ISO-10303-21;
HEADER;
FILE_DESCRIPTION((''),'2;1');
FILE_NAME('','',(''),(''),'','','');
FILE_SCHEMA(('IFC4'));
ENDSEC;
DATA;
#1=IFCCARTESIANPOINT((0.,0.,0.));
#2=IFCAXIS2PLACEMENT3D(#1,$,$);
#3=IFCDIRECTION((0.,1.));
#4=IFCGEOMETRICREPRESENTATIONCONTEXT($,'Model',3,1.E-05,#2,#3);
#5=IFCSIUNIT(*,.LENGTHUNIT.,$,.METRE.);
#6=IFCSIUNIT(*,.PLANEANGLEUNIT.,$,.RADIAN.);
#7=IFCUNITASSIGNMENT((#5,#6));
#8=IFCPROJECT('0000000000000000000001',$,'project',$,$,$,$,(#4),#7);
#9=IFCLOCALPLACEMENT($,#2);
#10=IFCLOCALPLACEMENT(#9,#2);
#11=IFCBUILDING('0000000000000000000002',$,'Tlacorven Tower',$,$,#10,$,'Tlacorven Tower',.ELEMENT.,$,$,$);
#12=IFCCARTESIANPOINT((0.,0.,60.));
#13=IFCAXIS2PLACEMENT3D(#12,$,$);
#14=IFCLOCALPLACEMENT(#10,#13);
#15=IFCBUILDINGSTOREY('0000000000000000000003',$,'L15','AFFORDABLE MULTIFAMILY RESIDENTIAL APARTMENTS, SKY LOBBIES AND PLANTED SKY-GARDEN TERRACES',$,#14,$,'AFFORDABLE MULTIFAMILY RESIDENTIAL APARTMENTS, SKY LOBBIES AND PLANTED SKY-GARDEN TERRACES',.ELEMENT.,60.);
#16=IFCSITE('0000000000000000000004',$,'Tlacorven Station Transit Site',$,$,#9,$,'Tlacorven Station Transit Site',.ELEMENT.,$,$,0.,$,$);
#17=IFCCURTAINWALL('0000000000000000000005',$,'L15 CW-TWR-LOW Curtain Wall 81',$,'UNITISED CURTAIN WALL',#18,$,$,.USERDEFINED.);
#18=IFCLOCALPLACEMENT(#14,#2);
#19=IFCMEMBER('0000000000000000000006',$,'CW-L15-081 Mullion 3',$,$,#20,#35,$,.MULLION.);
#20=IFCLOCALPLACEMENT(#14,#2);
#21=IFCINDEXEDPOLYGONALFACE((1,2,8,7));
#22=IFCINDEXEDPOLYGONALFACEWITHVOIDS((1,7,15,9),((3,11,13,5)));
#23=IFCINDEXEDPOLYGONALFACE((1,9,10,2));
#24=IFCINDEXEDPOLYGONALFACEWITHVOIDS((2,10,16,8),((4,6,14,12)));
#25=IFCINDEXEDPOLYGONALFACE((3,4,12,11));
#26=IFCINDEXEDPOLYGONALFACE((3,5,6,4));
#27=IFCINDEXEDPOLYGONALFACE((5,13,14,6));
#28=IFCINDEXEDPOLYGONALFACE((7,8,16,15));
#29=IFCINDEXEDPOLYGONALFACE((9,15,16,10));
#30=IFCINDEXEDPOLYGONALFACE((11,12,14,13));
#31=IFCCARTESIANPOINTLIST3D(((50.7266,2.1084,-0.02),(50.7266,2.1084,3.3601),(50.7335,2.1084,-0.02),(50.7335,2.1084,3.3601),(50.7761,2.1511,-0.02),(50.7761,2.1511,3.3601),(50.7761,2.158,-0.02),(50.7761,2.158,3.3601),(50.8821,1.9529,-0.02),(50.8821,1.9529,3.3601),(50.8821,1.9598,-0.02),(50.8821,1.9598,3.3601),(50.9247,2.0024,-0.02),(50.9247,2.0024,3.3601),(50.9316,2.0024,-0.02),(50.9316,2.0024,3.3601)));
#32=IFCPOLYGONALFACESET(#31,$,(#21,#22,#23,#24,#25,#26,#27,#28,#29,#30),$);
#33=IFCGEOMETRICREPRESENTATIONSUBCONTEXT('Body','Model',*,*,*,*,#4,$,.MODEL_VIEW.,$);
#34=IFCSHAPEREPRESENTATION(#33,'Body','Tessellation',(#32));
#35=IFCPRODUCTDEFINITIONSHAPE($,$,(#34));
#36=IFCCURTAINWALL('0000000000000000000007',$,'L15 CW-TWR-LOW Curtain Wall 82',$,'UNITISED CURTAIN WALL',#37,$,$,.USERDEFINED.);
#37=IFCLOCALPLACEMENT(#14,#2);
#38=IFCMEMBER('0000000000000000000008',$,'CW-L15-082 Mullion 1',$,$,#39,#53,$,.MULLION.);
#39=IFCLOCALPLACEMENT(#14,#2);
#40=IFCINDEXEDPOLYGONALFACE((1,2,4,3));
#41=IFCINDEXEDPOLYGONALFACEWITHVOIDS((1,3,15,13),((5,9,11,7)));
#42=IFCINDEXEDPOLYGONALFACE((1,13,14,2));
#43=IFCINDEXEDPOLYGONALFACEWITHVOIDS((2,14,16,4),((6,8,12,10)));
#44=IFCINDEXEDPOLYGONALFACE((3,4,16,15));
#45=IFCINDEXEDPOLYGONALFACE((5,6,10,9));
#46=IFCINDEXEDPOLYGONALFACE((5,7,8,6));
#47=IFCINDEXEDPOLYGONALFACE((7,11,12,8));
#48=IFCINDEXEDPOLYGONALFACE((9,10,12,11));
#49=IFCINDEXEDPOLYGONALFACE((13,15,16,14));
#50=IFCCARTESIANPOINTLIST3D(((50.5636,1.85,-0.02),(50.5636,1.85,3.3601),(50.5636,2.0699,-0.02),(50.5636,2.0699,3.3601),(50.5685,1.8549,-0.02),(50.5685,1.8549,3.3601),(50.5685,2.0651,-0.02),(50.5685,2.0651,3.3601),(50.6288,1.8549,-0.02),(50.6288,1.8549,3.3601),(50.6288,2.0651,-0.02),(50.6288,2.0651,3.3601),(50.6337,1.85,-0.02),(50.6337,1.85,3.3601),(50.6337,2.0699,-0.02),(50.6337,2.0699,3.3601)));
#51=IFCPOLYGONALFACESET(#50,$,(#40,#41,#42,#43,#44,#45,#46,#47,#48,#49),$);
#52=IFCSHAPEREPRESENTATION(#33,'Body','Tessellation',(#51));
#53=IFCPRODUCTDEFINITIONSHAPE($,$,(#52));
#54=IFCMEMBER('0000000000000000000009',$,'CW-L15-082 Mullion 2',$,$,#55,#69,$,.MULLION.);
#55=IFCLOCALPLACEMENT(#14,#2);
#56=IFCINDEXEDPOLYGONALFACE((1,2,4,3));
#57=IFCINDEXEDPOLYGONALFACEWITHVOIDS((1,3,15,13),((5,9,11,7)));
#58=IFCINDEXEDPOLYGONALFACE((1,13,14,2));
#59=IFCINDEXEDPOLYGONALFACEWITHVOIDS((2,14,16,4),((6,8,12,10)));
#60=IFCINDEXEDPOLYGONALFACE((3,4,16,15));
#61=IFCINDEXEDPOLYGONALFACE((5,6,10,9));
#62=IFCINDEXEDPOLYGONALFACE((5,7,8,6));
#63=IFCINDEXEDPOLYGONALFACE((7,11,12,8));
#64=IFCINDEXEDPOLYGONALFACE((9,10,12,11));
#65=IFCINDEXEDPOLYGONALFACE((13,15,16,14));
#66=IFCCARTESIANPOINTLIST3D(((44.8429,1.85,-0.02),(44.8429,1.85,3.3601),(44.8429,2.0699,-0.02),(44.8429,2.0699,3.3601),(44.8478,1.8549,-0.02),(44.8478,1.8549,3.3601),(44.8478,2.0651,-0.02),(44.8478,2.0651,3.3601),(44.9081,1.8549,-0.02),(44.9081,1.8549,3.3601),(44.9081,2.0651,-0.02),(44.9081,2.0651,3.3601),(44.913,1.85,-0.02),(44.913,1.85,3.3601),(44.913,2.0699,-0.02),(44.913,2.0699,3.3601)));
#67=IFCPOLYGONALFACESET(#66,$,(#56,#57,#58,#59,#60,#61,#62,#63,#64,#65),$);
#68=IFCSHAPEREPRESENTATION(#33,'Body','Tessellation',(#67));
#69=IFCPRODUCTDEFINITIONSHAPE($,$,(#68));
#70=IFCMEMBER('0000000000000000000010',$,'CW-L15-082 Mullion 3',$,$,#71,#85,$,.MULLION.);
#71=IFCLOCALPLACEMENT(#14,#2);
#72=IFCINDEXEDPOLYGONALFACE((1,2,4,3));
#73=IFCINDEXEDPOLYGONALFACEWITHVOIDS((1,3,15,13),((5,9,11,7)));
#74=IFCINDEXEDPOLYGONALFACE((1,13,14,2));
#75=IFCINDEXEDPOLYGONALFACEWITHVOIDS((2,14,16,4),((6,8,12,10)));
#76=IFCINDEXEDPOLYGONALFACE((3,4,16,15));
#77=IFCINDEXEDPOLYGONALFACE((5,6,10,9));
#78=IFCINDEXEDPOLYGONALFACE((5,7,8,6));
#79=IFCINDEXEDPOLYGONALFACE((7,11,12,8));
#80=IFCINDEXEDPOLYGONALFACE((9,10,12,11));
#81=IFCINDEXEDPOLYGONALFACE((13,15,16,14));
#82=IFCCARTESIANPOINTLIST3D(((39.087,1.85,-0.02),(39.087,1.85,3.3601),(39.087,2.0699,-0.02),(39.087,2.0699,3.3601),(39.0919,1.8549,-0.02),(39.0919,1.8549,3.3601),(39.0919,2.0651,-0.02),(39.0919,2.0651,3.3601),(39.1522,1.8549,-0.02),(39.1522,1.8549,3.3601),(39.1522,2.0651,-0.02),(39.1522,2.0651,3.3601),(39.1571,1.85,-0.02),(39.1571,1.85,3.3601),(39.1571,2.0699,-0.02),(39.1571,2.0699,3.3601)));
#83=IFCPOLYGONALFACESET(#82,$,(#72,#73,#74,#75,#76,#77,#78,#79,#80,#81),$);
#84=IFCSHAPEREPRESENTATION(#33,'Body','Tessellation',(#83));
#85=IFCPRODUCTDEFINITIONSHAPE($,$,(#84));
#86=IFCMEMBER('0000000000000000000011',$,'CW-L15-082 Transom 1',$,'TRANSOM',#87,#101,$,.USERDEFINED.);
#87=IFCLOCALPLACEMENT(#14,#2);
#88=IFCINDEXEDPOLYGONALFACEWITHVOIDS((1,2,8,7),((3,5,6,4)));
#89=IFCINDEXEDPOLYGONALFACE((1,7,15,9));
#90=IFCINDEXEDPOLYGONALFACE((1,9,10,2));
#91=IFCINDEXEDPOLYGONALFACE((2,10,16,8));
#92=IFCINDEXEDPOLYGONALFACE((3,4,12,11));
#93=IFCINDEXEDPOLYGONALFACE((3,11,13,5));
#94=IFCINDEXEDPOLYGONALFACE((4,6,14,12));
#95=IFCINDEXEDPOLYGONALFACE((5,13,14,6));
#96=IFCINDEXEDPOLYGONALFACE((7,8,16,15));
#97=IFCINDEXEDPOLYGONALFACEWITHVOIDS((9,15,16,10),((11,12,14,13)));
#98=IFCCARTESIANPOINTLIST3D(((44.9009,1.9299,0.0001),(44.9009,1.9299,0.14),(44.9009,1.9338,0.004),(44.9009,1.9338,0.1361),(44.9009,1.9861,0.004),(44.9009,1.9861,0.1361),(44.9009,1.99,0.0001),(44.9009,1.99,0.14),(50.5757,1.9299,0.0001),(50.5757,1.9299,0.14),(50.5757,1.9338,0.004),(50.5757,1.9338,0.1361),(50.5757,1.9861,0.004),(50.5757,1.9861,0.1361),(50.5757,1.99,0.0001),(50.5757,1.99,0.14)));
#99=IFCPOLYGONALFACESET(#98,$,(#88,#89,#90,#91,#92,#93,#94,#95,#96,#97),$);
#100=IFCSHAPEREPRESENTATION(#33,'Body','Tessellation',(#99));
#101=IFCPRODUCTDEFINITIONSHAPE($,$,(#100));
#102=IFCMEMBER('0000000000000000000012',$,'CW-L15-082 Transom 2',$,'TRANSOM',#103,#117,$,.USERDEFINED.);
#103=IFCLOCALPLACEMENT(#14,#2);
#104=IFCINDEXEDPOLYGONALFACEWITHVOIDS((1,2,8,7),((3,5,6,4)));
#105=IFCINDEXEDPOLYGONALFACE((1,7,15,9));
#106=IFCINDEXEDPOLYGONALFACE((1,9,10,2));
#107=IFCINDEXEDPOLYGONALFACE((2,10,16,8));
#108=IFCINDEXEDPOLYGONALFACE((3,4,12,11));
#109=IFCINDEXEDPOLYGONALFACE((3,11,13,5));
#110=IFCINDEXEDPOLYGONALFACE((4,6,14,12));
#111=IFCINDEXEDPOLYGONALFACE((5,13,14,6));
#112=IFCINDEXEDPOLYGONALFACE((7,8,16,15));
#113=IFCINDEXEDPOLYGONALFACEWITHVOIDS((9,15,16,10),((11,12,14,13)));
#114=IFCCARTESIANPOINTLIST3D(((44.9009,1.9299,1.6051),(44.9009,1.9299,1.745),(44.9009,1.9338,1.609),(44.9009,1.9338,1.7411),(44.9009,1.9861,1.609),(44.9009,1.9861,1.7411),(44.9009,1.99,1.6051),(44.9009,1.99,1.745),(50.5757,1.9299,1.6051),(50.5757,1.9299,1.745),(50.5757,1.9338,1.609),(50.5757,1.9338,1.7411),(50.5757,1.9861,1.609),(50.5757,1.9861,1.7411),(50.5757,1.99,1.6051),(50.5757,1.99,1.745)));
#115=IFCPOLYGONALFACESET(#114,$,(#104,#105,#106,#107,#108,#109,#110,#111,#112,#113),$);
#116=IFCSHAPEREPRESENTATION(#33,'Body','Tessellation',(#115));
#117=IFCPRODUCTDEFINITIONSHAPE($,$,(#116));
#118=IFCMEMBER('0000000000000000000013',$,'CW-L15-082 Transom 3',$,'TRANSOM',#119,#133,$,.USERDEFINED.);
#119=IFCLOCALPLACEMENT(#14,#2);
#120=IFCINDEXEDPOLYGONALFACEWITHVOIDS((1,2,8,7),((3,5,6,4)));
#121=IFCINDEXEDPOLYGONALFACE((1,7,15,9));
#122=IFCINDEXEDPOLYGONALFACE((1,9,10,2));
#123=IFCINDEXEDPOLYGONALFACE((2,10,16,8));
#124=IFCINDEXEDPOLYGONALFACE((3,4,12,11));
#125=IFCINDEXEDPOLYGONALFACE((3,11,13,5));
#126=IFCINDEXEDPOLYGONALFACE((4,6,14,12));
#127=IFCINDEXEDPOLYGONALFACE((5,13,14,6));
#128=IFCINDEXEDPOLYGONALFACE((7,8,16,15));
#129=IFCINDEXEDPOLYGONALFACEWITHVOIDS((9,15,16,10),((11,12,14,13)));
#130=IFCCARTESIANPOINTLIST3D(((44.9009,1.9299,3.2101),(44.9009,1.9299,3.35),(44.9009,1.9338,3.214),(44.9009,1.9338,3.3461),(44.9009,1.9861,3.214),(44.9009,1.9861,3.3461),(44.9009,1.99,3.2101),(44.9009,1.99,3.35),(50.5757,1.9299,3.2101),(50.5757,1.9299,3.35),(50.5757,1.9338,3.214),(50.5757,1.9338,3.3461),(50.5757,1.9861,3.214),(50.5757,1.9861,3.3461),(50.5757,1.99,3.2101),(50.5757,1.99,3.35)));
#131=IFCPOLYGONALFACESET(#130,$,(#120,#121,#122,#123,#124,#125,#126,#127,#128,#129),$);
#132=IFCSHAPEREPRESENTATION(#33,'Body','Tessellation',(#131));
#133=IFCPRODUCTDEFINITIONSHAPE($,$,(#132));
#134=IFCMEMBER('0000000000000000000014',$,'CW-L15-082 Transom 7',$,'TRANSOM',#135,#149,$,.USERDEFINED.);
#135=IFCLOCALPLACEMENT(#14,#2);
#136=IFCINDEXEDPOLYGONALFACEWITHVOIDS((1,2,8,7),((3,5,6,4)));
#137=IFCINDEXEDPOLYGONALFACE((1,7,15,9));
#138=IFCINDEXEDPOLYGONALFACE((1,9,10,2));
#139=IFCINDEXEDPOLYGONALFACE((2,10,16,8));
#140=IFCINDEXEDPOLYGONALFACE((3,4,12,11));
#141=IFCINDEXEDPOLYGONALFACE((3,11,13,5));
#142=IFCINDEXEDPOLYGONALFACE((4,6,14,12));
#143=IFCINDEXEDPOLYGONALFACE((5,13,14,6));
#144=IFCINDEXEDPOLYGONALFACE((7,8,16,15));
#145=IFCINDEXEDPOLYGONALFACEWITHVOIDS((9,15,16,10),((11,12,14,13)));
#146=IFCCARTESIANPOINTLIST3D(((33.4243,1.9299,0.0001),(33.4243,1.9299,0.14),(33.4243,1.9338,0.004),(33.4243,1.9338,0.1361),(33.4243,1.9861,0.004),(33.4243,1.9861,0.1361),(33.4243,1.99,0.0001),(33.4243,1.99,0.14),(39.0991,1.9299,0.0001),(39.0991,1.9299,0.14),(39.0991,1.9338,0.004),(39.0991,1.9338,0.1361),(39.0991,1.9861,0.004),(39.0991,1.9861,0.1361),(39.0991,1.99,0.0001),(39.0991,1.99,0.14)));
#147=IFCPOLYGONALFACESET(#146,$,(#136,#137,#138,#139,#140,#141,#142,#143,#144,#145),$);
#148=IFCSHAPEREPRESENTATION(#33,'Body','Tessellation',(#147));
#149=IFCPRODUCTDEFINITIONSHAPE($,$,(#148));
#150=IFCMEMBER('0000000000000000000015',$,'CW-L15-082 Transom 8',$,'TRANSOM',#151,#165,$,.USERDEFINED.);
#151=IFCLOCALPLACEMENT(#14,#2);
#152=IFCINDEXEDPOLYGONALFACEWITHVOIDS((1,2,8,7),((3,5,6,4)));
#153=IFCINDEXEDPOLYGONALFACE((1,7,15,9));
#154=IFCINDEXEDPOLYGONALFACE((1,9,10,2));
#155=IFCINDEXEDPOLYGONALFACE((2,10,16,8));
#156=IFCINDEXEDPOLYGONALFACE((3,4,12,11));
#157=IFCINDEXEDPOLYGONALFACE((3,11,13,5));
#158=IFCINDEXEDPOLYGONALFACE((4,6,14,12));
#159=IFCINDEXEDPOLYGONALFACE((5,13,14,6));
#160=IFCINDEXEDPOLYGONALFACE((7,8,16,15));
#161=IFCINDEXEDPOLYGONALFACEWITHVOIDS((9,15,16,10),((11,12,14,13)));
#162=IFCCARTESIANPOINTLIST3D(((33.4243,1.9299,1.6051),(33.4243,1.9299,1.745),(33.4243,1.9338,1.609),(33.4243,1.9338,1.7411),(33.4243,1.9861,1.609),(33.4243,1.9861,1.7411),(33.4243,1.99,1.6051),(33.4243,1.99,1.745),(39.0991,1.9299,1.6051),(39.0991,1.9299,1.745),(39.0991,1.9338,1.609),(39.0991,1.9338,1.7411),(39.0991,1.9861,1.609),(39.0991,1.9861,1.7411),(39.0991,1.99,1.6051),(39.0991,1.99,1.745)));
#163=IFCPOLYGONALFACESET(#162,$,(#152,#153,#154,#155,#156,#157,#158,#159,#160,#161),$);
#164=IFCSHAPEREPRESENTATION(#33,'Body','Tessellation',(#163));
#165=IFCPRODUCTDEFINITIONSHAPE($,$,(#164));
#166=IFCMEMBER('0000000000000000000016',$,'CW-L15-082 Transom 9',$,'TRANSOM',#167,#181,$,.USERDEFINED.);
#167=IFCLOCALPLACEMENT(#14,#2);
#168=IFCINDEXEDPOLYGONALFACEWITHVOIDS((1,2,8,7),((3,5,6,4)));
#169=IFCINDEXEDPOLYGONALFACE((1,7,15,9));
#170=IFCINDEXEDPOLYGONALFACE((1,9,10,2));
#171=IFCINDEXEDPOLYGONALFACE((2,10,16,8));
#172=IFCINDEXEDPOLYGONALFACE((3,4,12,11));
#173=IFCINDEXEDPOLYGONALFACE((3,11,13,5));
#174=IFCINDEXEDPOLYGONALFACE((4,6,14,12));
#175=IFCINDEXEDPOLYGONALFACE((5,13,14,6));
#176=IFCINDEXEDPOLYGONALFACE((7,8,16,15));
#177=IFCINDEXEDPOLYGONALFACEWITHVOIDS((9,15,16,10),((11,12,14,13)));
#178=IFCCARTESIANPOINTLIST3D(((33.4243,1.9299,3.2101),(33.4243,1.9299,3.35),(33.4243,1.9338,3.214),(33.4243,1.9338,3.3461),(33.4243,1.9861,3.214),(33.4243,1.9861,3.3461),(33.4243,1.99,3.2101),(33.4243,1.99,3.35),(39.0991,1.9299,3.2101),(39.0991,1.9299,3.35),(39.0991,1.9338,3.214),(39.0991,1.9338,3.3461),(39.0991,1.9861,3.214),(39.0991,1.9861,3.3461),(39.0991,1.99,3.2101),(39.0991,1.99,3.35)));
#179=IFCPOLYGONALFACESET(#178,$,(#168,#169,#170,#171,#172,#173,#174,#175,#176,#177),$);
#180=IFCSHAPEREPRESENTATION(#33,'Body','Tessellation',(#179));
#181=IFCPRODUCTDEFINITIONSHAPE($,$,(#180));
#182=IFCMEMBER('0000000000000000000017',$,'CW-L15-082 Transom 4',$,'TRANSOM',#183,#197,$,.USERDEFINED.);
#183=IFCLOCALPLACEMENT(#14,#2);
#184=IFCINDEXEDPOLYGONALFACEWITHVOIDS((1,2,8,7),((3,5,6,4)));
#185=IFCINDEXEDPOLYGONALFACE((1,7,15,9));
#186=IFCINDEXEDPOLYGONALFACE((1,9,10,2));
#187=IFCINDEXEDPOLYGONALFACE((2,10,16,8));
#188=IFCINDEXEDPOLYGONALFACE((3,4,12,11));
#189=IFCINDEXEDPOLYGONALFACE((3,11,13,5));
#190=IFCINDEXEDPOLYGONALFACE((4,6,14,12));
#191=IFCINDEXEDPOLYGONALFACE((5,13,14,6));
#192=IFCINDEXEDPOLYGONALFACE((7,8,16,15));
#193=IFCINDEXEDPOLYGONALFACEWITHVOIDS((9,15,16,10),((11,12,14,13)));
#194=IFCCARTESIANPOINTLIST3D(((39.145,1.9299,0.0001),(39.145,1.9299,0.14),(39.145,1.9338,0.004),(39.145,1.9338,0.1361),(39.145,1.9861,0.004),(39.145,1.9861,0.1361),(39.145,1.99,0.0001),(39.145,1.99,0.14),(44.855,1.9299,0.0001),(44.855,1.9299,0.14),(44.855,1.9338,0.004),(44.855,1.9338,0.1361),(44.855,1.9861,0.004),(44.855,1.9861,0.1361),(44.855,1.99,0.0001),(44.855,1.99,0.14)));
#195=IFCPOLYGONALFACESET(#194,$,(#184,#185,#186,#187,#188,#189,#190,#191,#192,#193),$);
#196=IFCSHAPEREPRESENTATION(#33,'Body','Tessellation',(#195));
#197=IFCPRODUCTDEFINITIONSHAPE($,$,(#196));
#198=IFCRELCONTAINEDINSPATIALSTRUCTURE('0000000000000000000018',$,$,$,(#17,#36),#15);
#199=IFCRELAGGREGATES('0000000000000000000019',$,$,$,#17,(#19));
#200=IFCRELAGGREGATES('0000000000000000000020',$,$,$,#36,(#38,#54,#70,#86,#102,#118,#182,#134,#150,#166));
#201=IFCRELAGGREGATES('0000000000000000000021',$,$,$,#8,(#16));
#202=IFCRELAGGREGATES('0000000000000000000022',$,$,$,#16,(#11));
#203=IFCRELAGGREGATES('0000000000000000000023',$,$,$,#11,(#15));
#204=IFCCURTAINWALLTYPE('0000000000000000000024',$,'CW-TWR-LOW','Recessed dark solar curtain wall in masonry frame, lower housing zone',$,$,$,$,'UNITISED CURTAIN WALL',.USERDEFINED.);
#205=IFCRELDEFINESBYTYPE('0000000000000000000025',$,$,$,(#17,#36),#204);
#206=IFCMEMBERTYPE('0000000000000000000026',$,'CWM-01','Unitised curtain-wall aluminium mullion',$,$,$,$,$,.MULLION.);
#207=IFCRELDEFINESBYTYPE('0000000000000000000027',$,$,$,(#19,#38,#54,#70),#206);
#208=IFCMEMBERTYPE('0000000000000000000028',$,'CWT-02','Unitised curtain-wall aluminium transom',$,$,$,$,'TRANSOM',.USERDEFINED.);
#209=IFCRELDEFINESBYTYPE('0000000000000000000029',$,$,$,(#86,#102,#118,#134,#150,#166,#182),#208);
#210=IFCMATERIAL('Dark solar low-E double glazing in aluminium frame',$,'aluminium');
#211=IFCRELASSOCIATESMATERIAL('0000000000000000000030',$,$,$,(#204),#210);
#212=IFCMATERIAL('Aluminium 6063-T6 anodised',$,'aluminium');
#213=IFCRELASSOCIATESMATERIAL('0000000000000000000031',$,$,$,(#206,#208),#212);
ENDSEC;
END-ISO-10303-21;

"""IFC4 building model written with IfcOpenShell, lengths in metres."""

from ifc_helpers import new_model, si_unit, direction, frame, origin, origin_2d, place, context, subcontext, project, spatial, hollow_rectangle, extrude, source, transform, mapped, material, material_profile, profile_set, type_object, element, aggregate, save


model = new_model("IFC4")

# Units and contexts
model_context = context("Model", 3, precision=1e-05, world=origin(), true_north=direction((0.0, 1.0)))
body_context = subcontext(model_context, "Body", "Model", "MODEL_VIEW")
ifc_project = project(units=[si_unit("LENGTHUNIT", "METRE"), si_unit("PLANEANGLEUNIT", "RADIAN")], contexts=[model_context])

# Site, building, storey
site_placement = place(None, origin())
site = spatial("IfcSite", under=ifc_project, at=site_placement, Name="Tlacorven Station Transit Site", LongName="Tlacorven Station Transit Site", CompositionType="ELEMENT", RefElevation=0.0)
building_placement = place(site_placement, origin())
building = spatial("IfcBuilding", under=site, at=building_placement, Name="Tlacorven Tower", LongName="Tlacorven Tower", CompositionType="ELEMENT")
storey_placement = place(building_placement, frame((0.0, 0.0, 60.0)))
storey = spatial("IfcBuildingStorey", under=building, at=storey_placement, Name="L15", Description="AFFORDABLE MULTIFAMILY RESIDENTIAL APARTMENTS, SKY LOBBIES AND PLANTED SKY-GARDEN TERRACES", LongName="AFFORDABLE MULTIFAMILY RESIDENTIAL APARTMENTS, SKY LOBBIES AND PLANTED SKY-GARDEN TERRACES", CompositionType="ELEMENT", Elevation=60.0)

# Curtain wall, member
ifc_material_1 = material(Name="Dark solar low-E double glazing in aluminium frame", Category="aluminium")
curtain_wall_type = type_object("IfcCurtainWallType", Name="CW-TWR-LOW", Description="Recessed dark solar curtain wall in masonry frame, lower housing zone", ElementType="UNITISED CURTAIN WALL", PredefinedType="USERDEFINED", material=ifc_material_1)
curtain_wall_1_placement = place(storey_placement, origin())
curtain_wall_1 = element("IfcCurtainWall", 1, at=curtain_wall_1_placement, inside=storey, type_object=curtain_wall_type, Name="L15 CW-TWR-LOW Curtain Wall 81", ObjectType="UNITISED CURTAIN WALL", PredefinedType="USERDEFINED")
ifc_material_2 = material(Name="Aluminium 6063-T6 anodised", Category="aluminium")
ifc_material_profile_1 = material_profile(ifc_material_2, hollow_rectangle(XDim=0.0701, YDim=0.22, WallThickness=0.0049, at=origin_2d()), Name="ALU MULLION 70X220")
ifc_profile_set_1 = profile_set([ifc_material_profile_1], Name="Aluminium 6063-T6 anodised")
member_type_1 = type_object("IfcMemberType", Name="CWM-01", Description="Unitised curtain-wall aluminium mullion", PredefinedType="MULLION", material=ifc_profile_set_1)
shared_shape_1 = source(origin(), body_context, "Body", "SweptSolid", [
    extrude(hollow_rectangle(XDim=0.0701, YDim=0.22, WallThickness=0.0049, at=origin_2d()), origin(), (0.0, 0.0, 1.0), 3.3801),
])
member_1_placement = place(storey_placement, frame((50.8291, 2.0554, -0.02), z_axis=(0.0, 0.0, 1.0), x_axis=(-0.707107, -0.707107, 0.0)))
member_1 = element("IfcMember", 2, at=member_1_placement, type_object=member_type_1, Name="CW-L15-081 Mullion 3", PredefinedType="MULLION", context=body_context, shape_type="MappedRepresentation", body=[
    mapped(shared_shape_1, transform((0.0, 0.0, 0.0), scale=1.0)),
])

# Curtain wall, members
curtain_wall_2_placement = place(storey_placement, origin())
curtain_wall_2 = element("IfcCurtainWall", 3, at=curtain_wall_2_placement, inside=storey, type_object=curtain_wall_type, Name="L15 CW-TWR-LOW Curtain Wall 82", ObjectType="UNITISED CURTAIN WALL", PredefinedType="USERDEFINED")
member_2_placement = place(storey_placement, frame((50.5986, 1.96, -0.02), z_axis=(0.0, 0.0, 1.0), x_axis=(-1.0, 0.0, 0.0)))
member_2 = element("IfcMember", 4, at=member_2_placement, type_object=member_type_1, Name="CW-L15-082 Mullion 1", PredefinedType="MULLION", context=body_context, shape_type="MappedRepresentation", body=[
    mapped(shared_shape_1, transform((0.0, 0.0, 0.0), scale=1.0)),
])
member_3_placement = place(storey_placement, frame((44.8779, 1.96, -0.02), z_axis=(0.0, 0.0, 1.0), x_axis=(-1.0, 0.0, 0.0)))
member_3 = element("IfcMember", 5, at=member_3_placement, type_object=member_type_1, Name="CW-L15-082 Mullion 2", PredefinedType="MULLION", context=body_context, shape_type="MappedRepresentation", body=[
    mapped(shared_shape_1, transform((0.0, 0.0, 0.0), scale=1.0)),
])
member_4_placement = place(storey_placement, frame((39.1221, 1.96, -0.02), z_axis=(0.0, 0.0, 1.0), x_axis=(-1.0, 0.0, 0.0)))
member_4 = element("IfcMember", 6, at=member_4_placement, type_object=member_type_1, Name="CW-L15-082 Mullion 3", PredefinedType="MULLION", context=body_context, shape_type="MappedRepresentation", body=[
    mapped(shared_shape_1, transform((0.0, 0.0, 0.0), scale=1.0)),
])
ifc_material_profile_2 = material_profile(ifc_material_2, hollow_rectangle(XDim=0.0601, YDim=0.1399, WallThickness=0.0039, at=origin_2d()), Name="ALU TRANSOM 60X140")
ifc_profile_set_2 = profile_set([ifc_material_profile_2], Name="Aluminium 6063-T6 anodised")
member_type_2 = type_object("IfcMemberType", Name="CWT-02", Description="Unitised curtain-wall aluminium transom", ElementType="TRANSOM", PredefinedType="USERDEFINED", material=ifc_profile_set_2)
shared_shape_2 = source(origin(), body_context, "Body", "SweptSolid", [
    extrude(hollow_rectangle(XDim=0.0601, YDim=0.1399, WallThickness=0.0039, at=origin_2d()), origin(), (0.0, 0.0, 1.0), 5.6748),
])
member_5_placement = place(storey_placement, frame((50.5757, 1.96, 0.0701), z_axis=(-1.0, 0.0, 0.0), x_axis=(0.0, -1.0, 0.0)))
member_5 = element("IfcMember", 7, at=member_5_placement, type_object=member_type_2, Name="CW-L15-082 Transom 1", ObjectType="TRANSOM", PredefinedType="USERDEFINED", context=body_context, shape_type="MappedRepresentation", body=[
    mapped(shared_shape_2, transform((0.0, 0.0, 0.0), scale=1.0)),
])
member_6_placement = place(storey_placement, frame((50.5757, 1.96, 1.675), z_axis=(-1.0, 0.0, 0.0), x_axis=(0.0, -1.0, 0.0)))
member_6 = element("IfcMember", 8, at=member_6_placement, type_object=member_type_2, Name="CW-L15-082 Transom 2", ObjectType="TRANSOM", PredefinedType="USERDEFINED", context=body_context, shape_type="MappedRepresentation", body=[
    mapped(shared_shape_2, transform((0.0, 0.0, 0.0), scale=1.0)),
])
member_7_placement = place(storey_placement, frame((50.5757, 1.96, 3.28), z_axis=(-1.0, 0.0, 0.0), x_axis=(0.0, -1.0, 0.0)))
member_7 = element("IfcMember", 9, at=member_7_placement, type_object=member_type_2, Name="CW-L15-082 Transom 3", ObjectType="TRANSOM", PredefinedType="USERDEFINED", context=body_context, shape_type="MappedRepresentation", body=[
    mapped(shared_shape_2, transform((0.0, 0.0, 0.0), scale=1.0)),
])
member_8_placement = place(storey_placement, frame((39.0991, 1.96, 0.0701), z_axis=(-1.0, 0.0, 0.0), x_axis=(0.0, -1.0, 0.0)))
member_8 = element("IfcMember", 10, at=member_8_placement, type_object=member_type_2, Name="CW-L15-082 Transom 7", ObjectType="TRANSOM", PredefinedType="USERDEFINED", context=body_context, shape_type="MappedRepresentation", body=[
    mapped(shared_shape_2, transform((0.0, 0.0, 0.0), scale=1.0)),
])
member_9_placement = place(storey_placement, frame((39.0991, 1.96, 1.675), z_axis=(-1.0, 0.0, 0.0), x_axis=(0.0, -1.0, 0.0)))
member_9 = element("IfcMember", 11, at=member_9_placement, type_object=member_type_2, Name="CW-L15-082 Transom 8", ObjectType="TRANSOM", PredefinedType="USERDEFINED", context=body_context, shape_type="MappedRepresentation", body=[
    mapped(shared_shape_2, transform((0.0, 0.0, 0.0), scale=1.0)),
])
member_10_placement = place(storey_placement, frame((39.0991, 1.96, 3.28), z_axis=(-1.0, 0.0, 0.0), x_axis=(0.0, -1.0, 0.0)))
member_10 = element("IfcMember", 12, at=member_10_placement, type_object=member_type_2, Name="CW-L15-082 Transom 9", ObjectType="TRANSOM", PredefinedType="USERDEFINED", context=body_context, shape_type="MappedRepresentation", body=[
    mapped(shared_shape_2, transform((0.0, 0.0, 0.0), scale=1.0)),
])
shared_shape_3 = source(origin(), body_context, "Body", "SweptSolid", [
    extrude(hollow_rectangle(XDim=0.0601, YDim=0.1399, WallThickness=0.0039, at=origin_2d()), origin(), (0.0, 0.0, 1.0), 5.71),
])
member_11_placement = place(storey_placement, frame((44.855, 1.96, 0.0701), z_axis=(-1.0, 0.0, 0.0), x_axis=(0.0, -1.0, 0.0)))
member_11 = element("IfcMember", 13, at=member_11_placement, type_object=member_type_2, Name="CW-L15-082 Transom 4", ObjectType="TRANSOM", PredefinedType="USERDEFINED", context=body_context, shape_type="MappedRepresentation", body=[
    mapped(shared_shape_3, transform((0.0, 0.0, 0.0), scale=1.0)),
])

aggregate(curtain_wall_1, [member_1])
aggregate(curtain_wall_2, [member_2, member_3, member_4, member_5, member_6, member_7, member_11, member_8, member_9, member_10])

save(model, "model.ifc")
